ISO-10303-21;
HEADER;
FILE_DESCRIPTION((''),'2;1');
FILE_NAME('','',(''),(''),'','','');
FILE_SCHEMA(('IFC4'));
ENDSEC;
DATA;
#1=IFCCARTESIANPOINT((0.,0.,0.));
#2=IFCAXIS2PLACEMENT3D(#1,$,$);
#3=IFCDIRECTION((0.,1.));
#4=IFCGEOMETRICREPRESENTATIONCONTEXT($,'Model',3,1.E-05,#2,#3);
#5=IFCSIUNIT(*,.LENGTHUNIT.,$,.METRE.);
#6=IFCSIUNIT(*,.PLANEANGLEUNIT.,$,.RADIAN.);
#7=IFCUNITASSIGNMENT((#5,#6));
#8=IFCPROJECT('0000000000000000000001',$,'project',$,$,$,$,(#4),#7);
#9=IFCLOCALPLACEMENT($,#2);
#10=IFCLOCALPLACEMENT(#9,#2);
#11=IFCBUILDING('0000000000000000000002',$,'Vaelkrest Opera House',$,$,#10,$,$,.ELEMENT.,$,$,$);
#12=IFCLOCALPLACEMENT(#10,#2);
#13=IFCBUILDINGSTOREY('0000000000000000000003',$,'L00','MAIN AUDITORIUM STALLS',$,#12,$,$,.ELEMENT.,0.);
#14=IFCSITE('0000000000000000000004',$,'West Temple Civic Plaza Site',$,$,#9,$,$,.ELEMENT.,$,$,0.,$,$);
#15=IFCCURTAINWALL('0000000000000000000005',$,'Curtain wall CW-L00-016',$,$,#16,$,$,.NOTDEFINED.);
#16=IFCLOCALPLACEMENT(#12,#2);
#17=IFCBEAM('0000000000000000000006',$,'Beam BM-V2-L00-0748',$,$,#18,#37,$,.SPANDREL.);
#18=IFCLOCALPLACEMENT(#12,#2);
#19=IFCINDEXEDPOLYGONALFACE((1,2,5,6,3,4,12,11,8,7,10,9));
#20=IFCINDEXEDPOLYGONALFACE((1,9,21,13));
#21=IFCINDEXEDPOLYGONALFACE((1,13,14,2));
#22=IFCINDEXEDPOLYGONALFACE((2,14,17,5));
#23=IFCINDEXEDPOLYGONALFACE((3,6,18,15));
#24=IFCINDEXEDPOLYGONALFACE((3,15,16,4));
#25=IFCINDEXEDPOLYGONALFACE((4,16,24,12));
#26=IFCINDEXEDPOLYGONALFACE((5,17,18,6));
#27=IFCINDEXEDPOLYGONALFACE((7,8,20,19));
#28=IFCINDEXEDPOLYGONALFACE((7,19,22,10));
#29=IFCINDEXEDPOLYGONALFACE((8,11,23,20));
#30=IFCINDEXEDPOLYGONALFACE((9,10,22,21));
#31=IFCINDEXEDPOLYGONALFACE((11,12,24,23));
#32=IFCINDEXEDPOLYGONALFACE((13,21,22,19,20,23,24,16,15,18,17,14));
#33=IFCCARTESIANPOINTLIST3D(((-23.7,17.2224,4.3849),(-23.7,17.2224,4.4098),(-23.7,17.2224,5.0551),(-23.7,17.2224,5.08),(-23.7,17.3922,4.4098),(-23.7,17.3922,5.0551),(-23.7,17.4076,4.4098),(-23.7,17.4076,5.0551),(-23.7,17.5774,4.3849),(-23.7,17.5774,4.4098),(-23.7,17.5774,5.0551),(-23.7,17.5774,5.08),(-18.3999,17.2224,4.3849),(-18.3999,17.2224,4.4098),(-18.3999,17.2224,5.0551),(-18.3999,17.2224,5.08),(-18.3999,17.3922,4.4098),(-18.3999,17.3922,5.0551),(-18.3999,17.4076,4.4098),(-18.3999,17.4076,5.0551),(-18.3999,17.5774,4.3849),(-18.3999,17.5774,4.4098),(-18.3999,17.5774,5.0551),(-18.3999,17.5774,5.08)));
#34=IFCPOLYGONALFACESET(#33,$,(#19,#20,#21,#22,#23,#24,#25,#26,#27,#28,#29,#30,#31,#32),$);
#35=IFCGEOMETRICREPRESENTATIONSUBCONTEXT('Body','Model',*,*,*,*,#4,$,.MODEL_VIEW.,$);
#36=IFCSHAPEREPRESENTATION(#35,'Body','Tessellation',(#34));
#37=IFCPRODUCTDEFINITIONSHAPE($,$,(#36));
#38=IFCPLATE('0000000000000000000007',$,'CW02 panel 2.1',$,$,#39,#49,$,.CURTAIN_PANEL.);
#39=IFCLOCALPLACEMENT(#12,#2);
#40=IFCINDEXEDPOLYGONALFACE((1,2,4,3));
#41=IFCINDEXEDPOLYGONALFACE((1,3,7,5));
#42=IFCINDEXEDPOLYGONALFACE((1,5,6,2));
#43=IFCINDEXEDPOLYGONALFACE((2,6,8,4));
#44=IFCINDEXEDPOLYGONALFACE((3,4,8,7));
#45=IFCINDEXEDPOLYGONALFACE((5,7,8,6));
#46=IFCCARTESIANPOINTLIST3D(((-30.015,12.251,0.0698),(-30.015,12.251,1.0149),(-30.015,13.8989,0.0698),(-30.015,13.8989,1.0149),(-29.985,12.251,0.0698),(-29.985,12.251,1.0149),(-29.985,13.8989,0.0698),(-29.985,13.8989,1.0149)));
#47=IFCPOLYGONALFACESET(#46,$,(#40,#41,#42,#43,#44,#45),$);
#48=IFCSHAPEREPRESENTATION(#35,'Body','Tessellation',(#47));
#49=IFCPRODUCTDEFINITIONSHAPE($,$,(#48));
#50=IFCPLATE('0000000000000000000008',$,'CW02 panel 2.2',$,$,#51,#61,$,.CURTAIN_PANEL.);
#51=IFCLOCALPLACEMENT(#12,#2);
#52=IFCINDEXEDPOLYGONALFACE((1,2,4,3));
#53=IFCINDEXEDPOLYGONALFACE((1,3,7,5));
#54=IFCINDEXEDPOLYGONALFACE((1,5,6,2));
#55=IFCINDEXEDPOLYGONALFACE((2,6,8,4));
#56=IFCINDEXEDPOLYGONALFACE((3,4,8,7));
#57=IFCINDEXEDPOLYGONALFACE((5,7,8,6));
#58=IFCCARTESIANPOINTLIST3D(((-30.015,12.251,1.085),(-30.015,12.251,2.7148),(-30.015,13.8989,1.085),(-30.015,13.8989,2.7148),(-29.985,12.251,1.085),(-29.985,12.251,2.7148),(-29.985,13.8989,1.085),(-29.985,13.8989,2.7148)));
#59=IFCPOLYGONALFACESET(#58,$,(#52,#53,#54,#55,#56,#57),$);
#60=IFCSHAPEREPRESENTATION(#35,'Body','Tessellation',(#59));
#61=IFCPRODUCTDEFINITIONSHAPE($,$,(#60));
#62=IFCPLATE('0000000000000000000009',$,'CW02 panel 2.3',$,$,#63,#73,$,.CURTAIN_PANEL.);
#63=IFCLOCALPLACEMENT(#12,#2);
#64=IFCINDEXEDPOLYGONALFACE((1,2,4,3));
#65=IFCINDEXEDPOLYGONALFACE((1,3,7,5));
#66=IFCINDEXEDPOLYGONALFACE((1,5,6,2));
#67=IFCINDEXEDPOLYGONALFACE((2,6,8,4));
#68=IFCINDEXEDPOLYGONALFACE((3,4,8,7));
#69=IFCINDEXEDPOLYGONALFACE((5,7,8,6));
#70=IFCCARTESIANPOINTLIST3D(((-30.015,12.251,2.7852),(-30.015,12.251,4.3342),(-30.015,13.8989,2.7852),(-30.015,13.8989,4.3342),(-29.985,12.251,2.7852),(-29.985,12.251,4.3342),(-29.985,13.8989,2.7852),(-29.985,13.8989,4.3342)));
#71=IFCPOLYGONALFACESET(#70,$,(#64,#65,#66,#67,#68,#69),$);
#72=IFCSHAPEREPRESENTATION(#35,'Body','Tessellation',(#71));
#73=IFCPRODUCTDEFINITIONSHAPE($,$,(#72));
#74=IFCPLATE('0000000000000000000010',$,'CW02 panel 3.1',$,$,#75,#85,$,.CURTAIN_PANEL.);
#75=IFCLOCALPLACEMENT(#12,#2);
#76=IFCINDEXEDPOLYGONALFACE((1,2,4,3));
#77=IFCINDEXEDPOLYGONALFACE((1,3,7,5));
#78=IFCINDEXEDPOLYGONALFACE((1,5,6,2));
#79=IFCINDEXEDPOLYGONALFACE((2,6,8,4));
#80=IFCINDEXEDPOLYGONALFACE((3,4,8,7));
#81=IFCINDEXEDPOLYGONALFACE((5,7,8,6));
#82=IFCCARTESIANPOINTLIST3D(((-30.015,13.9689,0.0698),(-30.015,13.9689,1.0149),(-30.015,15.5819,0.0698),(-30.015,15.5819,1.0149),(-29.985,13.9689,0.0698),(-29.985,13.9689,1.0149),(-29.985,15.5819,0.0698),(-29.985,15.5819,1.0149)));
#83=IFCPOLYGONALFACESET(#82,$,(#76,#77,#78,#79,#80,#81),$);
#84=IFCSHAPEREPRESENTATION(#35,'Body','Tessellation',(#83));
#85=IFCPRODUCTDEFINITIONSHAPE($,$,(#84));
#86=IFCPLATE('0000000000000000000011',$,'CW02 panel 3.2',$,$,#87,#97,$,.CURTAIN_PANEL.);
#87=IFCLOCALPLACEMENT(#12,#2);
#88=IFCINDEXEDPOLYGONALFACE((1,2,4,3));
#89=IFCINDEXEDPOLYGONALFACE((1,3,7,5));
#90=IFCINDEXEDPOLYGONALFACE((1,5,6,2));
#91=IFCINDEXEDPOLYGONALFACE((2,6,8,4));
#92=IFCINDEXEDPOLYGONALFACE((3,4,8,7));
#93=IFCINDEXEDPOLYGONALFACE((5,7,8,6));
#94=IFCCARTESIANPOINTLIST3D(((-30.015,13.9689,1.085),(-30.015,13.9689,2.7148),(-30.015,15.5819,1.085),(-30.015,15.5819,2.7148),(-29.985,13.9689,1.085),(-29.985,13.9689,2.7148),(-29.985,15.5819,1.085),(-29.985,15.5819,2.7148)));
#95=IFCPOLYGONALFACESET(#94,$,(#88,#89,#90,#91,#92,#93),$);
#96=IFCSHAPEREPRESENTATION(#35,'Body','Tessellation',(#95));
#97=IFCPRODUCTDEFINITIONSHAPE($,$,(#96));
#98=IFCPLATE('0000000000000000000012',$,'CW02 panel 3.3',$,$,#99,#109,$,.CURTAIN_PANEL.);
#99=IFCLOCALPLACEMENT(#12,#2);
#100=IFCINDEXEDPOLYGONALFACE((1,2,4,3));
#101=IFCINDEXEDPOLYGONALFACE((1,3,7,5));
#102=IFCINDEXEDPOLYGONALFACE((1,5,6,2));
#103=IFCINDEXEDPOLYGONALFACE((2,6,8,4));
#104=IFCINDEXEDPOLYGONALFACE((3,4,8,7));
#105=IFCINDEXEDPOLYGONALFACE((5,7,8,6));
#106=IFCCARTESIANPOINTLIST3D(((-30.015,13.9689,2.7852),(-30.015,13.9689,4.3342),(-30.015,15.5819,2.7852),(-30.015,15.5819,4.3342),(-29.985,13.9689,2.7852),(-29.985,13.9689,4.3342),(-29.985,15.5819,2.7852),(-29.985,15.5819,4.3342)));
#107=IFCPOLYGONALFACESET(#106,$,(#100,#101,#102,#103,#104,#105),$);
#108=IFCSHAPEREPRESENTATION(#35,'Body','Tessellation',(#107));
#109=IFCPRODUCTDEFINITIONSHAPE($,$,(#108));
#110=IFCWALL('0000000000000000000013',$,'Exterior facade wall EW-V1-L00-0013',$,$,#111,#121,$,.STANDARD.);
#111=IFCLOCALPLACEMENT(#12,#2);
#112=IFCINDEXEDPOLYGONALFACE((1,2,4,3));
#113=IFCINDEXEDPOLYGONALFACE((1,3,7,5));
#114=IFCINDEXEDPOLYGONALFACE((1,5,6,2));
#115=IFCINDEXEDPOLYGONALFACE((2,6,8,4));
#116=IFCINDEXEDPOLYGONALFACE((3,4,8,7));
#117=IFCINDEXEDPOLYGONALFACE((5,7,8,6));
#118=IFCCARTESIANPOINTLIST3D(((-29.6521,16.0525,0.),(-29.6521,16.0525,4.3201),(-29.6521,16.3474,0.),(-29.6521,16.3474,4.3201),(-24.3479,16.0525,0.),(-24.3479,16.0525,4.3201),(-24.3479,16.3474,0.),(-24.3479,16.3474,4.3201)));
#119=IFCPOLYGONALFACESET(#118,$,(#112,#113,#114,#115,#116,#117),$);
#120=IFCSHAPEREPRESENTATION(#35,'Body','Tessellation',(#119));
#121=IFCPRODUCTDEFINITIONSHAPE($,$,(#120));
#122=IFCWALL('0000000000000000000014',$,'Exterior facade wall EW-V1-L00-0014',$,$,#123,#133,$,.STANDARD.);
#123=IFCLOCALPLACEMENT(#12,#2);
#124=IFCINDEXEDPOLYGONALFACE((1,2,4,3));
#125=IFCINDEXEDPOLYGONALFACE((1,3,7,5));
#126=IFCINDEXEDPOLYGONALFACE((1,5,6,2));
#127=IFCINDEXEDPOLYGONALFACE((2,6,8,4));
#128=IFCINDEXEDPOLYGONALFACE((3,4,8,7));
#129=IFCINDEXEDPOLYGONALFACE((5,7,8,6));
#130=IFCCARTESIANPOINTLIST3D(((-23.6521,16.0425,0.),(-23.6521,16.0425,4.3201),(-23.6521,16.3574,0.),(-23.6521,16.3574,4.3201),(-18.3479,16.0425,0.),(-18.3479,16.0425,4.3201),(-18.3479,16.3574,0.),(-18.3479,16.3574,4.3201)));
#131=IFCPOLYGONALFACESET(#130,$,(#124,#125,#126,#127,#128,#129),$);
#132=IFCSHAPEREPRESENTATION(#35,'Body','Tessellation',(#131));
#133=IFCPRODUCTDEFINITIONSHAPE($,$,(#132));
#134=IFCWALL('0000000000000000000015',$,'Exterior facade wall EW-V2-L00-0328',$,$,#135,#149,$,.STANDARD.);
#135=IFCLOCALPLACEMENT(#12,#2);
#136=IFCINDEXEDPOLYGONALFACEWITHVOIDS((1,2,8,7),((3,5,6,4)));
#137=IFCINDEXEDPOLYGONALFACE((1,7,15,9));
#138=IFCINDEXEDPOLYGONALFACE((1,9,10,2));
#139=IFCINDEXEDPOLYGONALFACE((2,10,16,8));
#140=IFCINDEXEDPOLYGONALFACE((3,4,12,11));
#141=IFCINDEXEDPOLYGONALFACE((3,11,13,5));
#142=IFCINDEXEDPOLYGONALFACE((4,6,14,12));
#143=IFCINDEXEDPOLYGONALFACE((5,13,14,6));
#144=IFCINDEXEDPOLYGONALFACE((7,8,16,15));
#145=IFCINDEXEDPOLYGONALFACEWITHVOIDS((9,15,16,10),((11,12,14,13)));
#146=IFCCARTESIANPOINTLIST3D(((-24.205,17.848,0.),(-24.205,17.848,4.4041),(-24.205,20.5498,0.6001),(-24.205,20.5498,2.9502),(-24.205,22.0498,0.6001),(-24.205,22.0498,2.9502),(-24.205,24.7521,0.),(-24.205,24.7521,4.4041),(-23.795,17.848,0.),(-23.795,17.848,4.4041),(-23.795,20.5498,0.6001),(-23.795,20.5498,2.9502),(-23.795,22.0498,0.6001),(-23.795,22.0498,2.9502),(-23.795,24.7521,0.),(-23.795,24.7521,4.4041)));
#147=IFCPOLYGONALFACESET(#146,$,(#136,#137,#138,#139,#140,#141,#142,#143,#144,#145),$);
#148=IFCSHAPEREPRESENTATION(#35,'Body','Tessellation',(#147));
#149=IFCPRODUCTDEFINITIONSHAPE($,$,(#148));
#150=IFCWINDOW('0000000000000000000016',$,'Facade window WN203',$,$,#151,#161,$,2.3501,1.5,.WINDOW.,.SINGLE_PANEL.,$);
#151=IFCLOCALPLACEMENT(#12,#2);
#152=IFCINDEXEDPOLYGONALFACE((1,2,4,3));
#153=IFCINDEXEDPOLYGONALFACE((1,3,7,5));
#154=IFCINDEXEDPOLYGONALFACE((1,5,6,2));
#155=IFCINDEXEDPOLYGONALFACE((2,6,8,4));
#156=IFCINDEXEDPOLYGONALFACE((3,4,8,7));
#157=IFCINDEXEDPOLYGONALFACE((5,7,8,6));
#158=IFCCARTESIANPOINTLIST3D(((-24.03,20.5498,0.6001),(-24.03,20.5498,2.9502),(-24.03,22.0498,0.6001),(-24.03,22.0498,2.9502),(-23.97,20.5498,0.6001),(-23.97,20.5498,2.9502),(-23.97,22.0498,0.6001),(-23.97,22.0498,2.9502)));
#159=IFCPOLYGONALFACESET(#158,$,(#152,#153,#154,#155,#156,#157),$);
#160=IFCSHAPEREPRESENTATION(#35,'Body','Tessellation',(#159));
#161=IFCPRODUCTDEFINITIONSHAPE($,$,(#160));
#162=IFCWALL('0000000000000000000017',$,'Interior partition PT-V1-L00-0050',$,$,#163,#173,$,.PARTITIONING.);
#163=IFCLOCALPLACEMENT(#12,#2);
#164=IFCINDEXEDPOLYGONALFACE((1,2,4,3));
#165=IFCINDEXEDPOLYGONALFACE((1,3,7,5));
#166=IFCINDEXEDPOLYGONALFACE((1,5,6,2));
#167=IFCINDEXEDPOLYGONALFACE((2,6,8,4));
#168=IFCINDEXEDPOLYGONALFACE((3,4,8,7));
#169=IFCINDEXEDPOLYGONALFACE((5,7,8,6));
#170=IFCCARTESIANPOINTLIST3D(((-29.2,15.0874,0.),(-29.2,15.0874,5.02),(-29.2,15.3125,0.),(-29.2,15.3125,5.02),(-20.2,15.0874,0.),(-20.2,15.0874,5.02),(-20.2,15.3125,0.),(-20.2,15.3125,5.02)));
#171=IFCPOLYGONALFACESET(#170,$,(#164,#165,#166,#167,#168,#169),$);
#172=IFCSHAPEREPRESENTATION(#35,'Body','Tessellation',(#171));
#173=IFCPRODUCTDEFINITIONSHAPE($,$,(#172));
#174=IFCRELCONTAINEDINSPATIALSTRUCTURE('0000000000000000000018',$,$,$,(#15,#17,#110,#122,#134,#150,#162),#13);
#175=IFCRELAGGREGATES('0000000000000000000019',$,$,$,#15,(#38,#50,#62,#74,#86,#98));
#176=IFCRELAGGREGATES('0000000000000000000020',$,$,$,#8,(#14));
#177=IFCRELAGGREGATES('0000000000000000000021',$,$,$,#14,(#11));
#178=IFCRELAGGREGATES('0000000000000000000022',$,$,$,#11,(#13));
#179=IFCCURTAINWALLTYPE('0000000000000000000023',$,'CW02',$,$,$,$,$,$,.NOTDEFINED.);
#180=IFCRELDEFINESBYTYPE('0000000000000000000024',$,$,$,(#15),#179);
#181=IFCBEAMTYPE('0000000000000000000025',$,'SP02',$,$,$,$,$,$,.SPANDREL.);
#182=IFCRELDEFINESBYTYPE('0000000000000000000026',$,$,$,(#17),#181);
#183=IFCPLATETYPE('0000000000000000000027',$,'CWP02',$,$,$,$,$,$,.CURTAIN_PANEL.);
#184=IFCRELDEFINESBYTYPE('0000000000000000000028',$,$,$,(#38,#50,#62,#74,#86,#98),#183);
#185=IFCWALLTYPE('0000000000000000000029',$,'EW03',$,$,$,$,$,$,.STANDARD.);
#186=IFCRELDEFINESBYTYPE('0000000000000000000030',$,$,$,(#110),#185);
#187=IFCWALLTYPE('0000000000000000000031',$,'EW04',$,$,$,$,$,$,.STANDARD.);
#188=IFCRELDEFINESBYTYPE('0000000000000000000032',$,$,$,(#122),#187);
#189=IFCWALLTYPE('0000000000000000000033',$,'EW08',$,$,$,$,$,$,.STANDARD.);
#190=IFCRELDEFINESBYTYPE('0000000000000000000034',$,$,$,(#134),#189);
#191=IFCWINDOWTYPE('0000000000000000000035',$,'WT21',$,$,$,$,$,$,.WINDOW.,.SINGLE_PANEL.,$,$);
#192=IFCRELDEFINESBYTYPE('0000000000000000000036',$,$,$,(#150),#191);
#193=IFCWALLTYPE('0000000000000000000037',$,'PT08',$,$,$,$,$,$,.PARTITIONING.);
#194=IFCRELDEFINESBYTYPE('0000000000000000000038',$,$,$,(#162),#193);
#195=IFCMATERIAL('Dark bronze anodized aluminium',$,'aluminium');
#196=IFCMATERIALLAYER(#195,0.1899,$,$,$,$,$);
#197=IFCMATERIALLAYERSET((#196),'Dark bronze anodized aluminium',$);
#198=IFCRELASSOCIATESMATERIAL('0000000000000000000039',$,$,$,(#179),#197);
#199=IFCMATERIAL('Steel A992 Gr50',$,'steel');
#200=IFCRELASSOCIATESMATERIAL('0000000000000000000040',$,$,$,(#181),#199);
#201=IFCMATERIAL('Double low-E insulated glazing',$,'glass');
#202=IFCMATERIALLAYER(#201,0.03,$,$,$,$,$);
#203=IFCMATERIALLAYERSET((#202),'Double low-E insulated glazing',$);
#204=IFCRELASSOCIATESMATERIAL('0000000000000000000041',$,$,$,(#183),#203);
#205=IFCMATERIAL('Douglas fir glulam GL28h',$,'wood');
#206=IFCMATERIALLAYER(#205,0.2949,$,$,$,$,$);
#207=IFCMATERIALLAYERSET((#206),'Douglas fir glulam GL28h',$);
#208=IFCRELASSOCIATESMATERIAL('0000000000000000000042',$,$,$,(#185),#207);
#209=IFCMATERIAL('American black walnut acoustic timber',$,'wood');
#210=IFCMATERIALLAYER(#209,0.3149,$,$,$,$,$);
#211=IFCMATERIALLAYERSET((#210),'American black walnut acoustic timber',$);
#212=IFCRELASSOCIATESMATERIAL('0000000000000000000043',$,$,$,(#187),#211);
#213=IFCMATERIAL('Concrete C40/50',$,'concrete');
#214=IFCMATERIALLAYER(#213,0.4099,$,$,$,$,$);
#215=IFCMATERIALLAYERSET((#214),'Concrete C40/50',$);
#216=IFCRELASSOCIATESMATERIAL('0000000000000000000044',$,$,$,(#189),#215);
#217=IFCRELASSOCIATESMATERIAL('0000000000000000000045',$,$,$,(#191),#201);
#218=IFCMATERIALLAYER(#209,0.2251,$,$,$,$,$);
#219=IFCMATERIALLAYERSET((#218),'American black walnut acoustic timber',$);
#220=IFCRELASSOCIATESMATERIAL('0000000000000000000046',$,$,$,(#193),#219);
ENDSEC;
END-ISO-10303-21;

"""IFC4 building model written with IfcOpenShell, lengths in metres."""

from ifc_helpers import new_model, si_unit, direction, frame, frame_2d, origin, origin_2d, place, context, subcontext, project, spatial, rectangle, i_section, extrude, material, layer, layer_set, material_profile, profile_set, type_object, element, fill, aggregate, save


model = new_model("IFC4")

# Units and contexts
model_context = context("Model", 3, precision=1e-05, world=origin(), true_north=direction((0.0, 1.0)))
body_context = subcontext(model_context, "Body", "Model", "MODEL_VIEW")
ifc_project = project(units=[si_unit("LENGTHUNIT", "METRE"), si_unit("PLANEANGLEUNIT", "RADIAN")], contexts=[model_context])

# Site, building, storey
site_placement = place(None, origin())
site = spatial("IfcSite", under=ifc_project, at=site_placement, Name="West Temple Civic Plaza Site", CompositionType="ELEMENT", RefElevation=0.0)
building_placement = place(site_placement, origin())
building = spatial("IfcBuilding", under=site, at=building_placement, Name="Vaelkrest Opera House", CompositionType="ELEMENT")
storey_placement = place(building_placement, origin())
storey = spatial("IfcBuildingStorey", under=building, at=storey_placement, Name="L00", Description="MAIN AUDITORIUM STALLS", CompositionType="ELEMENT", Elevation=0.0)

# Shared definitions
ifc_material_1 = material(Name="Steel A992 Gr50", Category="steel")

# Curtain wall
ifc_material_2 = material(Name="Dark bronze anodized aluminium", Category="aluminium")
ifc_layer_1 = layer(ifc_material_2, 0.1899)
ifc_layer_set_1 = layer_set([ifc_layer_1], Name="Dark bronze anodized aluminium")
curtain_wall_type = type_object("IfcCurtainWallType", Name="CW02", PredefinedType="NOTDEFINED", material=ifc_layer_set_1)
curtain_wall_placement = place(storey_placement, origin())
curtain_wall = element("IfcCurtainWall", 1, at=curtain_wall_placement, inside=storey, type_object=curtain_wall_type, Name="Curtain wall CW-L00-016", PredefinedType="NOTDEFINED")

# Beam
ifc_material_profile_1 = material_profile(ifc_material_1, i_section(OverallWidth=0.355, OverallDepth=0.6951, WebThickness=0.0154, FlangeThickness=0.0249, at=origin_2d()), Name="W27X146")
ifc_profile_set_1 = profile_set([ifc_material_profile_1], Name="Steel A992 Gr50")
beam_type_1 = type_object("IfcBeamType", Name="SP02", PredefinedType="SPANDREL", material=ifc_profile_set_1)
beam_1_placement = place(storey_placement, frame((-23.7, 17.3999, 4.7324), z_axis=(1.0, 0.0, 0.0), x_axis=(0.0, 1.0, 0.0)))
element("IfcBeam", 2, at=beam_1_placement, inside=storey, type_object=beam_type_1, Name="Beam BM-V2-L00-0748", PredefinedType="SPANDREL", context=body_context, shape_type="SweptSolid", body=[
    extrude(i_section(OverallWidth=0.355, OverallDepth=0.6951, WebThickness=0.0154, FlangeThickness=0.0249, at=origin_2d()), origin(), (0.0, 0.0, 1.0), 5.3),
])

# Plates
ifc_material_3 = material(Name="Double low-E insulated glazing", Category="glass")
ifc_layer_2 = layer(ifc_material_3, 0.03)
ifc_layer_set_2 = layer_set([ifc_layer_2], Name="Double low-E insulated glazing")
plate_type = type_object("IfcPlateType", Name="CWP02", PredefinedType="CURTAIN_PANEL", material=ifc_layer_set_2)
plate_1_placement = place(storey_placement, frame((-30.0, 13.075, 0.0698), z_axis=(0.0, 0.0, 1.0), x_axis=(0.0, 1.0, 0.0)))
plate_1 = element("IfcPlate", 3, at=plate_1_placement, type_object=plate_type, Name="CW02 panel 2.1", PredefinedType="CURTAIN_PANEL", context=body_context, shape_type="SweptSolid", body=[
    extrude(rectangle(XDim=1.6479, YDim=0.03, at=origin_2d()), origin(), (0.0, 0.0, 1.0), 0.9451),
])
plate_2_placement = place(storey_placement, frame((-30.0, 13.075, 1.085), z_axis=(0.0, 0.0, 1.0), x_axis=(0.0, 1.0, 0.0)))
plate_2 = element("IfcPlate", 4, at=plate_2_placement, type_object=plate_type, Name="CW02 panel 2.2", PredefinedType="CURTAIN_PANEL", context=body_context, shape_type="SweptSolid", body=[
    extrude(rectangle(XDim=1.6479, YDim=0.03, at=origin_2d()), origin(), (0.0, 0.0, 1.0), 1.6299),
])
plate_3_placement = place(storey_placement, frame((-30.0, 13.075, 2.7852), z_axis=(0.0, 0.0, 1.0), x_axis=(0.0, 1.0, 0.0)))
plate_3 = element("IfcPlate", 5, at=plate_3_placement, type_object=plate_type, Name="CW02 panel 2.3", PredefinedType="CURTAIN_PANEL", context=body_context, shape_type="SweptSolid", body=[
    extrude(rectangle(XDim=1.6479, YDim=0.03, at=origin_2d()), origin(), (0.0, 0.0, 1.0), 1.5491),
])
plate_4_placement = place(storey_placement, frame((-30.0, 14.7754, 0.0698), z_axis=(0.0, 0.0, 1.0), x_axis=(0.0, 1.0, 0.0)))
plate_4 = element("IfcPlate", 6, at=plate_4_placement, type_object=plate_type, Name="CW02 panel 3.1", PredefinedType="CURTAIN_PANEL", context=body_context, shape_type="SweptSolid", body=[
    extrude(rectangle(XDim=1.613, YDim=0.03, at=origin_2d()), origin(), (0.0, 0.0, 1.0), 0.9451),
])
plate_5_placement = place(storey_placement, frame((-30.0, 14.7754, 1.085), z_axis=(0.0, 0.0, 1.0), x_axis=(0.0, 1.0, 0.0)))
plate_5 = element("IfcPlate", 7, at=plate_5_placement, type_object=plate_type, Name="CW02 panel 3.2", PredefinedType="CURTAIN_PANEL", context=body_context, shape_type="SweptSolid", body=[
    extrude(rectangle(XDim=1.613, YDim=0.03, at=origin_2d()), origin(), (0.0, 0.0, 1.0), 1.6299),
])
plate_6_placement = place(storey_placement, frame((-30.0, 14.7754, 2.7852), z_axis=(0.0, 0.0, 1.0), x_axis=(0.0, 1.0, 0.0)))
plate_6 = element("IfcPlate", 8, at=plate_6_placement, type_object=plate_type, Name="CW02 panel 3.3", PredefinedType="CURTAIN_PANEL", context=body_context, shape_type="SweptSolid", body=[
    extrude(rectangle(XDim=1.613, YDim=0.03, at=origin_2d()), origin(), (0.0, 0.0, 1.0), 1.5491),
])
aggregate(curtain_wall, [plate_1, plate_2, plate_3, plate_4, plate_5, plate_6])

# Walls
ifc_material_4 = material(Name="Douglas fir glulam GL28h", Category="wood")
ifc_layer_3 = layer(ifc_material_4, 0.2949)
ifc_layer_set_3 = layer_set([ifc_layer_3], Name="Douglas fir glulam GL28h")
wall_type_1 = type_object("IfcWallType", Name="EW03", PredefinedType="STANDARD", material=ifc_layer_set_3)
wall_1_placement = place(storey_placement, frame((-29.6521, 16.2, 0.0), z_axis=(0.0, 0.0, 1.0), x_axis=(1.0, 0.0, 0.0)))
element("IfcWall", 9, at=wall_1_placement, inside=storey, type_object=wall_type_1, Name="Exterior facade wall EW-V1-L00-0013", PredefinedType="STANDARD", context=body_context, shape_type="SweptSolid", body=[
    extrude(rectangle(XDim=5.3042, YDim=0.2949, at=frame_2d((2.6521, 0.0))), origin(), (0.0, 0.0, 1.0), 4.3201),
])
ifc_material_5 = material(Name="American black walnut acoustic timber", Category="wood")
ifc_layer_4 = layer(ifc_material_5, 0.3149)
ifc_layer_set_4 = layer_set([ifc_layer_4], Name="American black walnut acoustic timber")
wall_type_2 = type_object("IfcWallType", Name="EW04", PredefinedType="STANDARD", material=ifc_layer_set_4)
wall_2_placement = place(storey_placement, frame((-23.6521, 16.2, 0.0), z_axis=(0.0, 0.0, 1.0), x_axis=(1.0, 0.0, 0.0)))
element("IfcWall", 10, at=wall_2_placement, inside=storey, type_object=wall_type_2, Name="Exterior facade wall EW-V1-L00-0014", PredefinedType="STANDARD", context=body_context, shape_type="SweptSolid", body=[
    extrude(rectangle(XDim=5.3042, YDim=0.3149, at=frame_2d((2.6521, 0.0))), origin(), (0.0, 0.0, 1.0), 4.3201),
])

# Wall, opening, window
ifc_material_6 = material(Name="Concrete C40/50", Category="concrete")
ifc_layer_5 = layer(ifc_material_6, 0.4099)
ifc_layer_set_5 = layer_set([ifc_layer_5], Name="Concrete C40/50")
wall_type_3 = type_object("IfcWallType", Name="EW08", PredefinedType="STANDARD", material=ifc_layer_set_5)
wall_3_placement = place(storey_placement, frame((-24.0, 17.8479, 0.0), z_axis=(0.0, 0.0, 1.0), x_axis=(0.0, 1.0, 0.0)))
wall_3 = element("IfcWall", 11, at=wall_3_placement, inside=storey, type_object=wall_type_3, Name="Exterior facade wall EW-V2-L00-0328", PredefinedType="STANDARD", context=body_context, shape_type="SweptSolid", body=[
    extrude(rectangle(XDim=6.9041, YDim=0.4099, at=frame_2d((3.4521, 0.0))), origin(), (0.0, 0.0, 1.0), 4.4041),
])
opening_placement = place(wall_3_placement, frame((2.7019, 0.0, 0.6001)))
opening = element("IfcOpeningElement", 12, at=opening_placement, cuts=wall_3, PredefinedType="OPENING", context=body_context, shape_type="SweptSolid", body=[
    extrude(rectangle(XDim=1.5, YDim=2.3501, at=frame_2d((0.75, 1.175))), frame((0.0, 0.2148, 0.0), z_axis=(0.0, -1.0, 0.0), x_axis=(1.0, 0.0, 0.0)), (0.0, 0.0, 1.0), 0.4299),
])
window_type = type_object("IfcWindowType", Name="WT21", PartitioningType="SINGLE_PANEL", PredefinedType="WINDOW", material=ifc_material_3)
window_placement = place(opening_placement, origin())
window = element("IfcWindow", 13, at=window_placement, inside=storey, type_object=window_type, Name="Facade window WN203", OverallHeight=2.3501, OverallWidth=1.5, PartitioningType="SINGLE_PANEL", PredefinedType="WINDOW", context=body_context, shape_type="SweptSolid", body=[
    extrude(rectangle(XDim=1.5, YDim=2.3501, at=frame_2d((0.75, 1.175))), frame((0.0, 0.03, 0.0), z_axis=(0.0, -1.0, 0.0), x_axis=(1.0, 0.0, 0.0)), (0.0, 0.0, 1.0), 0.0601),
])
fill(opening, window)

# Wall
ifc_layer_6 = layer(ifc_material_5, 0.2251)
ifc_layer_set_6 = layer_set([ifc_layer_6], Name="American black walnut acoustic timber")
wall_type_4 = type_object("IfcWallType", Name="PT08", PredefinedType="PARTITIONING", material=ifc_layer_set_6)
wall_4_placement = place(storey_placement, frame((-29.2, 15.2, 0.0), z_axis=(0.0, 0.0, 1.0), x_axis=(1.0, 0.0, 0.0)))
element("IfcWall", 14, at=wall_4_placement, inside=storey, type_object=wall_type_4, Name="Interior partition PT-V1-L00-0050", PredefinedType="PARTITIONING", context=body_context, shape_type="SweptSolid", body=[
    extrude(rectangle(XDim=9.0, YDim=0.2251, at=frame_2d((4.5, 0.0))), origin(), (0.0, 0.0, 1.0), 5.02),
])

save(model, "model.ifc")
